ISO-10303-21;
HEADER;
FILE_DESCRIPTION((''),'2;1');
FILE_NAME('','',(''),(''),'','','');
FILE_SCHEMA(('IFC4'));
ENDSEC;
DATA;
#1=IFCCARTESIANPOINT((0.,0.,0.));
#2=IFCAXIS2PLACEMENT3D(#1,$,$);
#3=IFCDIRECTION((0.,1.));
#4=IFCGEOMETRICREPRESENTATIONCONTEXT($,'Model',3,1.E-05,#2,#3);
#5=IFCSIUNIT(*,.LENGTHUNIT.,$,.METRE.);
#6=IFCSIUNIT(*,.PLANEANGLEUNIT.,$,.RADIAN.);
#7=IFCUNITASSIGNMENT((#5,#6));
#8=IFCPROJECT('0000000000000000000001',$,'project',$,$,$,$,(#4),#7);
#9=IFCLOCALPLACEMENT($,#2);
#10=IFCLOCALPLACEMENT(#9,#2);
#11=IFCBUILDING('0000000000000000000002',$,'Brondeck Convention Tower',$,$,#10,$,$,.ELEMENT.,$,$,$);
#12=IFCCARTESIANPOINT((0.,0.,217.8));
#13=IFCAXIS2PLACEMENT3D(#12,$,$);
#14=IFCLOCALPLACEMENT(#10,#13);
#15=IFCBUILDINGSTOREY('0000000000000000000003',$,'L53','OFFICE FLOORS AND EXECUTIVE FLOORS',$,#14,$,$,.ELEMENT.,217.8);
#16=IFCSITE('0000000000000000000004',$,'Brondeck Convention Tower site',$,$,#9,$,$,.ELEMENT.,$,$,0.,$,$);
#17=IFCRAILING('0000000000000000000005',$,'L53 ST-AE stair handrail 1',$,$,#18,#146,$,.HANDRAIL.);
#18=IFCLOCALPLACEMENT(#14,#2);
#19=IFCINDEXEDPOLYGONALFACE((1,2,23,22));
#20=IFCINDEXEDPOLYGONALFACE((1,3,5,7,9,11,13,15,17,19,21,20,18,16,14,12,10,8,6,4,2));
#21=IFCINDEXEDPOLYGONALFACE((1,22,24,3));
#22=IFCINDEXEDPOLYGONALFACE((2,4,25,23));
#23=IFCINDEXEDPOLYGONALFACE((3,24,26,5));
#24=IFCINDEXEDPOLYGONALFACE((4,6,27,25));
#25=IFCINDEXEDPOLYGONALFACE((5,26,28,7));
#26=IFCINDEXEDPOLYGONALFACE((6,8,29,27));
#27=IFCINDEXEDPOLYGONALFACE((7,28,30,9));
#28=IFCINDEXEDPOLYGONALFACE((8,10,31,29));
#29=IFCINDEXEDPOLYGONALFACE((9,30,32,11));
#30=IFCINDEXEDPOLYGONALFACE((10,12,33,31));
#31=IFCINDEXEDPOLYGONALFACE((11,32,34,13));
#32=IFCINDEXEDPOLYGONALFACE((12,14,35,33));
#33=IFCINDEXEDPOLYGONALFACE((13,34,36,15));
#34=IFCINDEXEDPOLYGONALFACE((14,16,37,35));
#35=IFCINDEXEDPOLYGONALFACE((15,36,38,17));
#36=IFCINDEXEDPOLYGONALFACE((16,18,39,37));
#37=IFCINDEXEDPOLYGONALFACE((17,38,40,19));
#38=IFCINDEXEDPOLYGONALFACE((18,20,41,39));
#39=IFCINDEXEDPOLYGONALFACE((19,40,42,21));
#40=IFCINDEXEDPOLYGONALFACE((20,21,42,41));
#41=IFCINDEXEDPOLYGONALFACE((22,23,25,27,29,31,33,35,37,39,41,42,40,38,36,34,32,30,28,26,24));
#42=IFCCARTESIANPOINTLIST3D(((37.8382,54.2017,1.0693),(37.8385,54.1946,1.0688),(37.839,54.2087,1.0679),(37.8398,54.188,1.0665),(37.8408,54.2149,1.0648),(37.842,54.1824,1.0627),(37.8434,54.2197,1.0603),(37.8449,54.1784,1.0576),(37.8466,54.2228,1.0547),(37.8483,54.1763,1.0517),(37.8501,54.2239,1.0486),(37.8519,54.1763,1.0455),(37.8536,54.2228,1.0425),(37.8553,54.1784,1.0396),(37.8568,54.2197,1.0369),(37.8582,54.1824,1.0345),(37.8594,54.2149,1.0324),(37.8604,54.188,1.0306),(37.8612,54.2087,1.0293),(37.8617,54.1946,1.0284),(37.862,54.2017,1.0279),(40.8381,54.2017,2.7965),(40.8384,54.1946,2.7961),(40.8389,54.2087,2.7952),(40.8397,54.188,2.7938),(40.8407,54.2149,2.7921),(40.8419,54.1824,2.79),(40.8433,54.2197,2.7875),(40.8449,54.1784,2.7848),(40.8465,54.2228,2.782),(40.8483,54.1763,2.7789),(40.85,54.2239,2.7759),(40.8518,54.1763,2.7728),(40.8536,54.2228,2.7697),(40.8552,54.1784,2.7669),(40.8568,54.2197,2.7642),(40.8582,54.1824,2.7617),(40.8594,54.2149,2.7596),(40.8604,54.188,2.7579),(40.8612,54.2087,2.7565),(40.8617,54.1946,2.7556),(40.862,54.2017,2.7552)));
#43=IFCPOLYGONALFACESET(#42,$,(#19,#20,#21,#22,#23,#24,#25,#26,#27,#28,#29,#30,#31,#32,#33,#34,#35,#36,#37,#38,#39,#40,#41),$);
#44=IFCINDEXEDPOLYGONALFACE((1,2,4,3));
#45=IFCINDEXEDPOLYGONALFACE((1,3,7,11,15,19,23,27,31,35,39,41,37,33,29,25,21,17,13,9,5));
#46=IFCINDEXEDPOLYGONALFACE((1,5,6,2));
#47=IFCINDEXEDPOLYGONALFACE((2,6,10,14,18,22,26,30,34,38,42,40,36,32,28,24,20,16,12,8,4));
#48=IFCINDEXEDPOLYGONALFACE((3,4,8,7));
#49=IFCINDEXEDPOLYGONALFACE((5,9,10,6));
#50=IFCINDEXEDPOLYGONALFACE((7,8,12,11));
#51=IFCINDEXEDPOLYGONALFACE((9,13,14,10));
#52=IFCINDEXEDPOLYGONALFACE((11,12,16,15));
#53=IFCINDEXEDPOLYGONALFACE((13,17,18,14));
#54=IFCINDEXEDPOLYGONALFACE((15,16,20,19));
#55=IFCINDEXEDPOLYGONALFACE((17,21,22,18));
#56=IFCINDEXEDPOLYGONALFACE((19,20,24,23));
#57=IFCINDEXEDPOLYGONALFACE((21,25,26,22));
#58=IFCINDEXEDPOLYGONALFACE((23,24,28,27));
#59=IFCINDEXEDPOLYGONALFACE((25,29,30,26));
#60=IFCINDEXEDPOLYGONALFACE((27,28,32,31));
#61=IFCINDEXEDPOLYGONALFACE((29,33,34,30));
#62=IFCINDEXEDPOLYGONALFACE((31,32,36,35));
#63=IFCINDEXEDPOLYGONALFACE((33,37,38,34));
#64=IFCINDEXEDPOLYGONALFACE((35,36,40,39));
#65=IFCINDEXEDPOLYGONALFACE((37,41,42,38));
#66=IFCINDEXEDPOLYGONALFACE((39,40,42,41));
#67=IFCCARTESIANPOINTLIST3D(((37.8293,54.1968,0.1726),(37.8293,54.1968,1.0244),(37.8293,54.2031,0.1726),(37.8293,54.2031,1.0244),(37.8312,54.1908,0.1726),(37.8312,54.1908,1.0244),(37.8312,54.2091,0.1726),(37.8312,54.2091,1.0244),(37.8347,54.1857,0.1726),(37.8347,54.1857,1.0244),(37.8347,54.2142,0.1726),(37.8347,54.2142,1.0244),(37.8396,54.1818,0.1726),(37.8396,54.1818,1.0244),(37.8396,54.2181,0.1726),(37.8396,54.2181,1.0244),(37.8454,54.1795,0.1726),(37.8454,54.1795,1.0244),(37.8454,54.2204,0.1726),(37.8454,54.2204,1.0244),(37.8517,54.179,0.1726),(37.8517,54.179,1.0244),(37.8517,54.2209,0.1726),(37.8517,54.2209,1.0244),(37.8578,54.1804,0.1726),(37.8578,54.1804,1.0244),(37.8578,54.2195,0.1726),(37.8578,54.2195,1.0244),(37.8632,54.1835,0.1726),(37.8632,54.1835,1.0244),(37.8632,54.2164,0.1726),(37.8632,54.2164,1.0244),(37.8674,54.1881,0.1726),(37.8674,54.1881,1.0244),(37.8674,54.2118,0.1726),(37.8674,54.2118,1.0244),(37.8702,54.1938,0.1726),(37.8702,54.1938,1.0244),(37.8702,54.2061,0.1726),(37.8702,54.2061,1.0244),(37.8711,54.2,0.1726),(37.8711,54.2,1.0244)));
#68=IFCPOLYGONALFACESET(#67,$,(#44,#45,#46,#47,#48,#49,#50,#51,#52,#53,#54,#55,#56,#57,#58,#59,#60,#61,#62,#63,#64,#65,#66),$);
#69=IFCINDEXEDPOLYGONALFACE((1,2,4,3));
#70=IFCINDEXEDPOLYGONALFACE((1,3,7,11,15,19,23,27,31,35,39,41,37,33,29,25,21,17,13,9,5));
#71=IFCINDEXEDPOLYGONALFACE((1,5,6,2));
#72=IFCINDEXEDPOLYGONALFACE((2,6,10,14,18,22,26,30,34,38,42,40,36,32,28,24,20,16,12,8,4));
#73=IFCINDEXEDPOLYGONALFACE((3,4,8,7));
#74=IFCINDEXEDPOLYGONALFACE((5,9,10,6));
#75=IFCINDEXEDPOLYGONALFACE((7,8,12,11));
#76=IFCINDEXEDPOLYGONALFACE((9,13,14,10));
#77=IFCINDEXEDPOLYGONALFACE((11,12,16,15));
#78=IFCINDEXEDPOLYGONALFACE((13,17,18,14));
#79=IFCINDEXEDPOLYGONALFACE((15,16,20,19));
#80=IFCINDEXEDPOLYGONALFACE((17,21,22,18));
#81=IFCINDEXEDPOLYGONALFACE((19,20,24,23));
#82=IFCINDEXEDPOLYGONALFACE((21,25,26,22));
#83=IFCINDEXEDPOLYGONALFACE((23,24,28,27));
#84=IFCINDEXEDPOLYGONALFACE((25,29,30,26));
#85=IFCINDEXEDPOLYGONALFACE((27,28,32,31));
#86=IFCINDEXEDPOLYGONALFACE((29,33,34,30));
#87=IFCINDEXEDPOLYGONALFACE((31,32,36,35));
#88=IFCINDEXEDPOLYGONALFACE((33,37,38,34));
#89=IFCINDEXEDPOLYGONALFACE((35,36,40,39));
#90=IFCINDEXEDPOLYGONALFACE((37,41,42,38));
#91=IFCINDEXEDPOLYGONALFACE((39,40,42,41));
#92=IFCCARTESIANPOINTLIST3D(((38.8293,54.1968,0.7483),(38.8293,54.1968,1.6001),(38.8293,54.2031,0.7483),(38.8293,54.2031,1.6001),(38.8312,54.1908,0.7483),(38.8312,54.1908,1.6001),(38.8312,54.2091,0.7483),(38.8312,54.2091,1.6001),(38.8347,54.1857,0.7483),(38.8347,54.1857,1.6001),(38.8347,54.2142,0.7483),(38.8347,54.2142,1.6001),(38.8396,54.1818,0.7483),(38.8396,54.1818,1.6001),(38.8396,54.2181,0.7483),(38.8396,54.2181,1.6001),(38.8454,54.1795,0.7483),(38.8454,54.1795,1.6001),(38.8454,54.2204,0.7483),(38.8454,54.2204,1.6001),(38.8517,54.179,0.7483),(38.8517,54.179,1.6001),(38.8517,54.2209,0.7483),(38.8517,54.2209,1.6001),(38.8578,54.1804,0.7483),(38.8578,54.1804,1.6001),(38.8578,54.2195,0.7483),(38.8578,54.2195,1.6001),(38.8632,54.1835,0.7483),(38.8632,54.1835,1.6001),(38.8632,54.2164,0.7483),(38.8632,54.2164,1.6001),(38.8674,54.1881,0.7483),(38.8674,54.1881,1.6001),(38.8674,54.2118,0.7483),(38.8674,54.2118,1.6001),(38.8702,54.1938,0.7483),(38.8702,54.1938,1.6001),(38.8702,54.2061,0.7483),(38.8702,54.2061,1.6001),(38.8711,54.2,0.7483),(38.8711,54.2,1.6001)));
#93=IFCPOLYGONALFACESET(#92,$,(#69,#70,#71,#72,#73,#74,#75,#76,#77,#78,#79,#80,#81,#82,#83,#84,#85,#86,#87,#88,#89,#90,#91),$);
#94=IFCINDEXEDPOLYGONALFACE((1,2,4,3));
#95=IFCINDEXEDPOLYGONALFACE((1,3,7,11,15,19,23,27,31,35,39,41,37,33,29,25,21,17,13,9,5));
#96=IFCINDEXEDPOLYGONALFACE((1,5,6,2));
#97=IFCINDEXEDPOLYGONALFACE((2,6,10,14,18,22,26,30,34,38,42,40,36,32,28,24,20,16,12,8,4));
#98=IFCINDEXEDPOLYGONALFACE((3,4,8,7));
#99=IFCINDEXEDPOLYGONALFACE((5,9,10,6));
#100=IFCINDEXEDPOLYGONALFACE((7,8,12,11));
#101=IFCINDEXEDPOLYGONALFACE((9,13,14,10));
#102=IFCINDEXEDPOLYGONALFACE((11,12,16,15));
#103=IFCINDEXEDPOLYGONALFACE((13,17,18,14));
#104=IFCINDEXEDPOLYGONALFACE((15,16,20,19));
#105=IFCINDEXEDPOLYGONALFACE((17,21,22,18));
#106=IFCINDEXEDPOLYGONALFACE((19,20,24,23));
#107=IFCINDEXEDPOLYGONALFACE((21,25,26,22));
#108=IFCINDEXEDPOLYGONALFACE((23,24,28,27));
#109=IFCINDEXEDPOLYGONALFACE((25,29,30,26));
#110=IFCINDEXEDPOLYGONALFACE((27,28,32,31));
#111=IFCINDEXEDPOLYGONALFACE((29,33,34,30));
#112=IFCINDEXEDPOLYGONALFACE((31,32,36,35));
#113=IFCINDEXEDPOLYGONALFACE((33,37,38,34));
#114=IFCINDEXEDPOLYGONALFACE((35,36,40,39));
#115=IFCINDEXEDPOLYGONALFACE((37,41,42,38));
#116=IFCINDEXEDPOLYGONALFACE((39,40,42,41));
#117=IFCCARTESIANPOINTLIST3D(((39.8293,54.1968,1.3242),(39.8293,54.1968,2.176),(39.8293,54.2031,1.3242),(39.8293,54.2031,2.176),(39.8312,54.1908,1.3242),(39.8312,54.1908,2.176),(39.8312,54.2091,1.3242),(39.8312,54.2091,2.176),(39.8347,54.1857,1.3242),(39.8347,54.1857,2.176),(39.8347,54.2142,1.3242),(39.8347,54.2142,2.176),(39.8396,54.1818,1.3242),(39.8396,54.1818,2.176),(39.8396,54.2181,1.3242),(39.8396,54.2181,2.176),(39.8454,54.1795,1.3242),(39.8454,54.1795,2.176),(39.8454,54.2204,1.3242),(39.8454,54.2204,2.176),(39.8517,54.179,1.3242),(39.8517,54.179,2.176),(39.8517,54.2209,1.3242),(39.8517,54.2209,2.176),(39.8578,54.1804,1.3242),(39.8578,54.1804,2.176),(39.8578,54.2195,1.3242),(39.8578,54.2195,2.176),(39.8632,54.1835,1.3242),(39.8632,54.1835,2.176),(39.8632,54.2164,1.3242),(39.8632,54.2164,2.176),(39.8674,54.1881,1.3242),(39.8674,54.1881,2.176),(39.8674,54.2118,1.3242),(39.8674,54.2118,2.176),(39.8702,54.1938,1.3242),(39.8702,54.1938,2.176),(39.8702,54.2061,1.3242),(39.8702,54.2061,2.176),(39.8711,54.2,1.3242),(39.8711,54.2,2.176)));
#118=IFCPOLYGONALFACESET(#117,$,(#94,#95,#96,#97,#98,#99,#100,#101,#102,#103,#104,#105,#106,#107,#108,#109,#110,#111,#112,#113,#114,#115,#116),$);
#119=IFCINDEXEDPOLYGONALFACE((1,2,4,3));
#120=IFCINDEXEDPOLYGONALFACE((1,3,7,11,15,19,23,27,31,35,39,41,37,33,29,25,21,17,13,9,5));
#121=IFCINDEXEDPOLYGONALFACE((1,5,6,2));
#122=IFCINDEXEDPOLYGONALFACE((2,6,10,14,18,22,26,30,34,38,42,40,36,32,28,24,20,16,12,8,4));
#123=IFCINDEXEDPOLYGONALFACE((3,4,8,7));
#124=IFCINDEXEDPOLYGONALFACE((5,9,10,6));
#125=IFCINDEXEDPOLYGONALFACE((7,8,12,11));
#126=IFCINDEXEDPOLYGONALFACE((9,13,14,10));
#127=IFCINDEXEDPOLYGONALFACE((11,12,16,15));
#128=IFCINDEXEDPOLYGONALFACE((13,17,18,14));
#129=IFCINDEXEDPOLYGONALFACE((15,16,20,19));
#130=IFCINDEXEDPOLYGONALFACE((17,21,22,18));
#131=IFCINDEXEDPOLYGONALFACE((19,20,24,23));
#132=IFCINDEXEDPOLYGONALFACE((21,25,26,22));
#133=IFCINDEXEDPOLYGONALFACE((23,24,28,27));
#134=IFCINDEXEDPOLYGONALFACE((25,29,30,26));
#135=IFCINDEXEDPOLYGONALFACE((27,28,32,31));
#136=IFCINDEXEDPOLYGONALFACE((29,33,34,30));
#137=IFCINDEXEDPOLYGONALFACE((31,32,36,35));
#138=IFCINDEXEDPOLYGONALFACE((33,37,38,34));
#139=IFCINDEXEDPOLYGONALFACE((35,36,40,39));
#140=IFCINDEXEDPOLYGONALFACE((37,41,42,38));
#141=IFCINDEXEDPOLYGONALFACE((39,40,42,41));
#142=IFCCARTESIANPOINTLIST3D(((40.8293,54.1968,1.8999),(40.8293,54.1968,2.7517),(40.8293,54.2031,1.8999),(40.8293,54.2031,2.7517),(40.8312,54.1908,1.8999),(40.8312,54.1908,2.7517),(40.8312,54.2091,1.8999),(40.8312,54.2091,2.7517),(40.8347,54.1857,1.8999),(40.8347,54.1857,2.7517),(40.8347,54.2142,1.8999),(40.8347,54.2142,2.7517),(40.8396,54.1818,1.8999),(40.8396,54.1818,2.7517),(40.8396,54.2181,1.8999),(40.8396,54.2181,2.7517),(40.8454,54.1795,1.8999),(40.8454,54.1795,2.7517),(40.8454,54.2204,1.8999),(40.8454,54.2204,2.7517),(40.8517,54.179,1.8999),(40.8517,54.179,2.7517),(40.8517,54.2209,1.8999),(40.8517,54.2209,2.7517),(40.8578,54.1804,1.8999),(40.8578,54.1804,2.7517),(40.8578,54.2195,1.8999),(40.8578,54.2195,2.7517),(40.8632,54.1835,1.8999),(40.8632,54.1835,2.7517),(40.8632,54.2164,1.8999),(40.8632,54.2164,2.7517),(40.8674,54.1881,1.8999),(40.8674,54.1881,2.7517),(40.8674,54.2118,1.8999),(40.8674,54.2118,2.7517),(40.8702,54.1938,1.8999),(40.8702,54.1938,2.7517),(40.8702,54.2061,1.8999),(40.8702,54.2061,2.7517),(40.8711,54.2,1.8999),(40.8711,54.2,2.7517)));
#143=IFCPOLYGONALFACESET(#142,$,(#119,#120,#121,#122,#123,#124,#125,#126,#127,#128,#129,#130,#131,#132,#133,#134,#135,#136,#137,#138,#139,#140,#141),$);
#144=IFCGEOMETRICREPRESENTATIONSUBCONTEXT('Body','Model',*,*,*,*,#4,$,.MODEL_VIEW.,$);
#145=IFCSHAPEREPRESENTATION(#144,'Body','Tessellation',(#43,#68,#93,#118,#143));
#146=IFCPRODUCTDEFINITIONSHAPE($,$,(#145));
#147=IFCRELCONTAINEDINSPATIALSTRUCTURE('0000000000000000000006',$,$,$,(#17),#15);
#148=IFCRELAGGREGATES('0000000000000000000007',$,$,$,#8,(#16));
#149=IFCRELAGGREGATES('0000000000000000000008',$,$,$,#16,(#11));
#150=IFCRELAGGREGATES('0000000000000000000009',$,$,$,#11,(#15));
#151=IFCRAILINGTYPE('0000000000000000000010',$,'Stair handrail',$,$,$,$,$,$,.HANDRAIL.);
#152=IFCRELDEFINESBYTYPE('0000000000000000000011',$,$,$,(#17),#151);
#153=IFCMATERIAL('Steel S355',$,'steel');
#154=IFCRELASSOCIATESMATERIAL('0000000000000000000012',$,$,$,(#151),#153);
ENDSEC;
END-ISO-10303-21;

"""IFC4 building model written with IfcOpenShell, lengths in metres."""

from ifc_helpers import new_model, si_unit, direction, frame, origin, origin_2d, place, context, subcontext, project, spatial, circle, extrude, material, type_object, element, save


model = new_model("IFC4")

# Units and contexts
model_context = context("Model", 3, precision=1e-05, world=origin(), true_north=direction((0.0, 1.0)))
body_context = subcontext(model_context, "Body", "Model", "MODEL_VIEW")
ifc_project = project(units=[si_unit("LENGTHUNIT", "METRE"), si_unit("PLANEANGLEUNIT", "RADIAN")], contexts=[model_context])

# Site, building, storey
site_placement = place(None, origin())
site = spatial("IfcSite", under=ifc_project, at=site_placement, Name="Brondeck Convention Tower site", CompositionType="ELEMENT", RefElevation=0.0)
building_placement = place(site_placement, origin())
building = spatial("IfcBuilding", under=site, at=building_placement, Name="Brondeck Convention Tower", CompositionType="ELEMENT")
storey_placement = place(building_placement, frame((0.0, 0.0, 217.8)))
storey = spatial("IfcBuildingStorey", under=building, at=storey_placement, Name="L53", Description="OFFICE FLOORS AND EXECUTIVE FLOORS", CompositionType="ELEMENT", Elevation=217.8)

# Shared definitions
ifc_material_1 = material(Name="Steel S355", Category="steel")

# Railing
railing_type_1 = type_object("IfcRailingType", Name="Stair handrail", PredefinedType="HANDRAIL", material=ifc_material_1)
railing_1_placement = place(storey_placement, frame((37.8501, 54.2, 0.1726)))
element("IfcRailing", 1, at=railing_1_placement, inside=storey, type_object=railing_type_1, Name="L53 ST-AE stair handrail 1", PredefinedType="HANDRAIL", context=body_context, shape_type="SweptSolid", body=[
    extrude(circle(Radius=0.0239, at=origin_2d()), frame((0.0, 0.0, 0.876), z_axis=(0.86662, 0.0, 0.498969), x_axis=(0.0, 1.0, 0.0)), (0.0, 0.0, 1.0), 3.4617),
    extrude(circle(Radius=0.021, at=origin_2d()), origin(), (0.0, 0.0, 1.0), 0.8518),
    extrude(circle(Radius=0.021, at=origin_2d()), frame((1.0, 0.0, 0.5757)), (0.0, 0.0, 1.0), 0.8518),
    extrude(circle(Radius=0.021, at=origin_2d()), frame((2.0, 0.0, 1.1516)), (0.0, 0.0, 1.0), 0.8518),
    extrude(circle(Radius=0.021, at=origin_2d()), frame((3.0, 0.0, 1.7273)), (0.0, 0.0, 1.0), 0.8518),
])

save(model, "model.ifc")
